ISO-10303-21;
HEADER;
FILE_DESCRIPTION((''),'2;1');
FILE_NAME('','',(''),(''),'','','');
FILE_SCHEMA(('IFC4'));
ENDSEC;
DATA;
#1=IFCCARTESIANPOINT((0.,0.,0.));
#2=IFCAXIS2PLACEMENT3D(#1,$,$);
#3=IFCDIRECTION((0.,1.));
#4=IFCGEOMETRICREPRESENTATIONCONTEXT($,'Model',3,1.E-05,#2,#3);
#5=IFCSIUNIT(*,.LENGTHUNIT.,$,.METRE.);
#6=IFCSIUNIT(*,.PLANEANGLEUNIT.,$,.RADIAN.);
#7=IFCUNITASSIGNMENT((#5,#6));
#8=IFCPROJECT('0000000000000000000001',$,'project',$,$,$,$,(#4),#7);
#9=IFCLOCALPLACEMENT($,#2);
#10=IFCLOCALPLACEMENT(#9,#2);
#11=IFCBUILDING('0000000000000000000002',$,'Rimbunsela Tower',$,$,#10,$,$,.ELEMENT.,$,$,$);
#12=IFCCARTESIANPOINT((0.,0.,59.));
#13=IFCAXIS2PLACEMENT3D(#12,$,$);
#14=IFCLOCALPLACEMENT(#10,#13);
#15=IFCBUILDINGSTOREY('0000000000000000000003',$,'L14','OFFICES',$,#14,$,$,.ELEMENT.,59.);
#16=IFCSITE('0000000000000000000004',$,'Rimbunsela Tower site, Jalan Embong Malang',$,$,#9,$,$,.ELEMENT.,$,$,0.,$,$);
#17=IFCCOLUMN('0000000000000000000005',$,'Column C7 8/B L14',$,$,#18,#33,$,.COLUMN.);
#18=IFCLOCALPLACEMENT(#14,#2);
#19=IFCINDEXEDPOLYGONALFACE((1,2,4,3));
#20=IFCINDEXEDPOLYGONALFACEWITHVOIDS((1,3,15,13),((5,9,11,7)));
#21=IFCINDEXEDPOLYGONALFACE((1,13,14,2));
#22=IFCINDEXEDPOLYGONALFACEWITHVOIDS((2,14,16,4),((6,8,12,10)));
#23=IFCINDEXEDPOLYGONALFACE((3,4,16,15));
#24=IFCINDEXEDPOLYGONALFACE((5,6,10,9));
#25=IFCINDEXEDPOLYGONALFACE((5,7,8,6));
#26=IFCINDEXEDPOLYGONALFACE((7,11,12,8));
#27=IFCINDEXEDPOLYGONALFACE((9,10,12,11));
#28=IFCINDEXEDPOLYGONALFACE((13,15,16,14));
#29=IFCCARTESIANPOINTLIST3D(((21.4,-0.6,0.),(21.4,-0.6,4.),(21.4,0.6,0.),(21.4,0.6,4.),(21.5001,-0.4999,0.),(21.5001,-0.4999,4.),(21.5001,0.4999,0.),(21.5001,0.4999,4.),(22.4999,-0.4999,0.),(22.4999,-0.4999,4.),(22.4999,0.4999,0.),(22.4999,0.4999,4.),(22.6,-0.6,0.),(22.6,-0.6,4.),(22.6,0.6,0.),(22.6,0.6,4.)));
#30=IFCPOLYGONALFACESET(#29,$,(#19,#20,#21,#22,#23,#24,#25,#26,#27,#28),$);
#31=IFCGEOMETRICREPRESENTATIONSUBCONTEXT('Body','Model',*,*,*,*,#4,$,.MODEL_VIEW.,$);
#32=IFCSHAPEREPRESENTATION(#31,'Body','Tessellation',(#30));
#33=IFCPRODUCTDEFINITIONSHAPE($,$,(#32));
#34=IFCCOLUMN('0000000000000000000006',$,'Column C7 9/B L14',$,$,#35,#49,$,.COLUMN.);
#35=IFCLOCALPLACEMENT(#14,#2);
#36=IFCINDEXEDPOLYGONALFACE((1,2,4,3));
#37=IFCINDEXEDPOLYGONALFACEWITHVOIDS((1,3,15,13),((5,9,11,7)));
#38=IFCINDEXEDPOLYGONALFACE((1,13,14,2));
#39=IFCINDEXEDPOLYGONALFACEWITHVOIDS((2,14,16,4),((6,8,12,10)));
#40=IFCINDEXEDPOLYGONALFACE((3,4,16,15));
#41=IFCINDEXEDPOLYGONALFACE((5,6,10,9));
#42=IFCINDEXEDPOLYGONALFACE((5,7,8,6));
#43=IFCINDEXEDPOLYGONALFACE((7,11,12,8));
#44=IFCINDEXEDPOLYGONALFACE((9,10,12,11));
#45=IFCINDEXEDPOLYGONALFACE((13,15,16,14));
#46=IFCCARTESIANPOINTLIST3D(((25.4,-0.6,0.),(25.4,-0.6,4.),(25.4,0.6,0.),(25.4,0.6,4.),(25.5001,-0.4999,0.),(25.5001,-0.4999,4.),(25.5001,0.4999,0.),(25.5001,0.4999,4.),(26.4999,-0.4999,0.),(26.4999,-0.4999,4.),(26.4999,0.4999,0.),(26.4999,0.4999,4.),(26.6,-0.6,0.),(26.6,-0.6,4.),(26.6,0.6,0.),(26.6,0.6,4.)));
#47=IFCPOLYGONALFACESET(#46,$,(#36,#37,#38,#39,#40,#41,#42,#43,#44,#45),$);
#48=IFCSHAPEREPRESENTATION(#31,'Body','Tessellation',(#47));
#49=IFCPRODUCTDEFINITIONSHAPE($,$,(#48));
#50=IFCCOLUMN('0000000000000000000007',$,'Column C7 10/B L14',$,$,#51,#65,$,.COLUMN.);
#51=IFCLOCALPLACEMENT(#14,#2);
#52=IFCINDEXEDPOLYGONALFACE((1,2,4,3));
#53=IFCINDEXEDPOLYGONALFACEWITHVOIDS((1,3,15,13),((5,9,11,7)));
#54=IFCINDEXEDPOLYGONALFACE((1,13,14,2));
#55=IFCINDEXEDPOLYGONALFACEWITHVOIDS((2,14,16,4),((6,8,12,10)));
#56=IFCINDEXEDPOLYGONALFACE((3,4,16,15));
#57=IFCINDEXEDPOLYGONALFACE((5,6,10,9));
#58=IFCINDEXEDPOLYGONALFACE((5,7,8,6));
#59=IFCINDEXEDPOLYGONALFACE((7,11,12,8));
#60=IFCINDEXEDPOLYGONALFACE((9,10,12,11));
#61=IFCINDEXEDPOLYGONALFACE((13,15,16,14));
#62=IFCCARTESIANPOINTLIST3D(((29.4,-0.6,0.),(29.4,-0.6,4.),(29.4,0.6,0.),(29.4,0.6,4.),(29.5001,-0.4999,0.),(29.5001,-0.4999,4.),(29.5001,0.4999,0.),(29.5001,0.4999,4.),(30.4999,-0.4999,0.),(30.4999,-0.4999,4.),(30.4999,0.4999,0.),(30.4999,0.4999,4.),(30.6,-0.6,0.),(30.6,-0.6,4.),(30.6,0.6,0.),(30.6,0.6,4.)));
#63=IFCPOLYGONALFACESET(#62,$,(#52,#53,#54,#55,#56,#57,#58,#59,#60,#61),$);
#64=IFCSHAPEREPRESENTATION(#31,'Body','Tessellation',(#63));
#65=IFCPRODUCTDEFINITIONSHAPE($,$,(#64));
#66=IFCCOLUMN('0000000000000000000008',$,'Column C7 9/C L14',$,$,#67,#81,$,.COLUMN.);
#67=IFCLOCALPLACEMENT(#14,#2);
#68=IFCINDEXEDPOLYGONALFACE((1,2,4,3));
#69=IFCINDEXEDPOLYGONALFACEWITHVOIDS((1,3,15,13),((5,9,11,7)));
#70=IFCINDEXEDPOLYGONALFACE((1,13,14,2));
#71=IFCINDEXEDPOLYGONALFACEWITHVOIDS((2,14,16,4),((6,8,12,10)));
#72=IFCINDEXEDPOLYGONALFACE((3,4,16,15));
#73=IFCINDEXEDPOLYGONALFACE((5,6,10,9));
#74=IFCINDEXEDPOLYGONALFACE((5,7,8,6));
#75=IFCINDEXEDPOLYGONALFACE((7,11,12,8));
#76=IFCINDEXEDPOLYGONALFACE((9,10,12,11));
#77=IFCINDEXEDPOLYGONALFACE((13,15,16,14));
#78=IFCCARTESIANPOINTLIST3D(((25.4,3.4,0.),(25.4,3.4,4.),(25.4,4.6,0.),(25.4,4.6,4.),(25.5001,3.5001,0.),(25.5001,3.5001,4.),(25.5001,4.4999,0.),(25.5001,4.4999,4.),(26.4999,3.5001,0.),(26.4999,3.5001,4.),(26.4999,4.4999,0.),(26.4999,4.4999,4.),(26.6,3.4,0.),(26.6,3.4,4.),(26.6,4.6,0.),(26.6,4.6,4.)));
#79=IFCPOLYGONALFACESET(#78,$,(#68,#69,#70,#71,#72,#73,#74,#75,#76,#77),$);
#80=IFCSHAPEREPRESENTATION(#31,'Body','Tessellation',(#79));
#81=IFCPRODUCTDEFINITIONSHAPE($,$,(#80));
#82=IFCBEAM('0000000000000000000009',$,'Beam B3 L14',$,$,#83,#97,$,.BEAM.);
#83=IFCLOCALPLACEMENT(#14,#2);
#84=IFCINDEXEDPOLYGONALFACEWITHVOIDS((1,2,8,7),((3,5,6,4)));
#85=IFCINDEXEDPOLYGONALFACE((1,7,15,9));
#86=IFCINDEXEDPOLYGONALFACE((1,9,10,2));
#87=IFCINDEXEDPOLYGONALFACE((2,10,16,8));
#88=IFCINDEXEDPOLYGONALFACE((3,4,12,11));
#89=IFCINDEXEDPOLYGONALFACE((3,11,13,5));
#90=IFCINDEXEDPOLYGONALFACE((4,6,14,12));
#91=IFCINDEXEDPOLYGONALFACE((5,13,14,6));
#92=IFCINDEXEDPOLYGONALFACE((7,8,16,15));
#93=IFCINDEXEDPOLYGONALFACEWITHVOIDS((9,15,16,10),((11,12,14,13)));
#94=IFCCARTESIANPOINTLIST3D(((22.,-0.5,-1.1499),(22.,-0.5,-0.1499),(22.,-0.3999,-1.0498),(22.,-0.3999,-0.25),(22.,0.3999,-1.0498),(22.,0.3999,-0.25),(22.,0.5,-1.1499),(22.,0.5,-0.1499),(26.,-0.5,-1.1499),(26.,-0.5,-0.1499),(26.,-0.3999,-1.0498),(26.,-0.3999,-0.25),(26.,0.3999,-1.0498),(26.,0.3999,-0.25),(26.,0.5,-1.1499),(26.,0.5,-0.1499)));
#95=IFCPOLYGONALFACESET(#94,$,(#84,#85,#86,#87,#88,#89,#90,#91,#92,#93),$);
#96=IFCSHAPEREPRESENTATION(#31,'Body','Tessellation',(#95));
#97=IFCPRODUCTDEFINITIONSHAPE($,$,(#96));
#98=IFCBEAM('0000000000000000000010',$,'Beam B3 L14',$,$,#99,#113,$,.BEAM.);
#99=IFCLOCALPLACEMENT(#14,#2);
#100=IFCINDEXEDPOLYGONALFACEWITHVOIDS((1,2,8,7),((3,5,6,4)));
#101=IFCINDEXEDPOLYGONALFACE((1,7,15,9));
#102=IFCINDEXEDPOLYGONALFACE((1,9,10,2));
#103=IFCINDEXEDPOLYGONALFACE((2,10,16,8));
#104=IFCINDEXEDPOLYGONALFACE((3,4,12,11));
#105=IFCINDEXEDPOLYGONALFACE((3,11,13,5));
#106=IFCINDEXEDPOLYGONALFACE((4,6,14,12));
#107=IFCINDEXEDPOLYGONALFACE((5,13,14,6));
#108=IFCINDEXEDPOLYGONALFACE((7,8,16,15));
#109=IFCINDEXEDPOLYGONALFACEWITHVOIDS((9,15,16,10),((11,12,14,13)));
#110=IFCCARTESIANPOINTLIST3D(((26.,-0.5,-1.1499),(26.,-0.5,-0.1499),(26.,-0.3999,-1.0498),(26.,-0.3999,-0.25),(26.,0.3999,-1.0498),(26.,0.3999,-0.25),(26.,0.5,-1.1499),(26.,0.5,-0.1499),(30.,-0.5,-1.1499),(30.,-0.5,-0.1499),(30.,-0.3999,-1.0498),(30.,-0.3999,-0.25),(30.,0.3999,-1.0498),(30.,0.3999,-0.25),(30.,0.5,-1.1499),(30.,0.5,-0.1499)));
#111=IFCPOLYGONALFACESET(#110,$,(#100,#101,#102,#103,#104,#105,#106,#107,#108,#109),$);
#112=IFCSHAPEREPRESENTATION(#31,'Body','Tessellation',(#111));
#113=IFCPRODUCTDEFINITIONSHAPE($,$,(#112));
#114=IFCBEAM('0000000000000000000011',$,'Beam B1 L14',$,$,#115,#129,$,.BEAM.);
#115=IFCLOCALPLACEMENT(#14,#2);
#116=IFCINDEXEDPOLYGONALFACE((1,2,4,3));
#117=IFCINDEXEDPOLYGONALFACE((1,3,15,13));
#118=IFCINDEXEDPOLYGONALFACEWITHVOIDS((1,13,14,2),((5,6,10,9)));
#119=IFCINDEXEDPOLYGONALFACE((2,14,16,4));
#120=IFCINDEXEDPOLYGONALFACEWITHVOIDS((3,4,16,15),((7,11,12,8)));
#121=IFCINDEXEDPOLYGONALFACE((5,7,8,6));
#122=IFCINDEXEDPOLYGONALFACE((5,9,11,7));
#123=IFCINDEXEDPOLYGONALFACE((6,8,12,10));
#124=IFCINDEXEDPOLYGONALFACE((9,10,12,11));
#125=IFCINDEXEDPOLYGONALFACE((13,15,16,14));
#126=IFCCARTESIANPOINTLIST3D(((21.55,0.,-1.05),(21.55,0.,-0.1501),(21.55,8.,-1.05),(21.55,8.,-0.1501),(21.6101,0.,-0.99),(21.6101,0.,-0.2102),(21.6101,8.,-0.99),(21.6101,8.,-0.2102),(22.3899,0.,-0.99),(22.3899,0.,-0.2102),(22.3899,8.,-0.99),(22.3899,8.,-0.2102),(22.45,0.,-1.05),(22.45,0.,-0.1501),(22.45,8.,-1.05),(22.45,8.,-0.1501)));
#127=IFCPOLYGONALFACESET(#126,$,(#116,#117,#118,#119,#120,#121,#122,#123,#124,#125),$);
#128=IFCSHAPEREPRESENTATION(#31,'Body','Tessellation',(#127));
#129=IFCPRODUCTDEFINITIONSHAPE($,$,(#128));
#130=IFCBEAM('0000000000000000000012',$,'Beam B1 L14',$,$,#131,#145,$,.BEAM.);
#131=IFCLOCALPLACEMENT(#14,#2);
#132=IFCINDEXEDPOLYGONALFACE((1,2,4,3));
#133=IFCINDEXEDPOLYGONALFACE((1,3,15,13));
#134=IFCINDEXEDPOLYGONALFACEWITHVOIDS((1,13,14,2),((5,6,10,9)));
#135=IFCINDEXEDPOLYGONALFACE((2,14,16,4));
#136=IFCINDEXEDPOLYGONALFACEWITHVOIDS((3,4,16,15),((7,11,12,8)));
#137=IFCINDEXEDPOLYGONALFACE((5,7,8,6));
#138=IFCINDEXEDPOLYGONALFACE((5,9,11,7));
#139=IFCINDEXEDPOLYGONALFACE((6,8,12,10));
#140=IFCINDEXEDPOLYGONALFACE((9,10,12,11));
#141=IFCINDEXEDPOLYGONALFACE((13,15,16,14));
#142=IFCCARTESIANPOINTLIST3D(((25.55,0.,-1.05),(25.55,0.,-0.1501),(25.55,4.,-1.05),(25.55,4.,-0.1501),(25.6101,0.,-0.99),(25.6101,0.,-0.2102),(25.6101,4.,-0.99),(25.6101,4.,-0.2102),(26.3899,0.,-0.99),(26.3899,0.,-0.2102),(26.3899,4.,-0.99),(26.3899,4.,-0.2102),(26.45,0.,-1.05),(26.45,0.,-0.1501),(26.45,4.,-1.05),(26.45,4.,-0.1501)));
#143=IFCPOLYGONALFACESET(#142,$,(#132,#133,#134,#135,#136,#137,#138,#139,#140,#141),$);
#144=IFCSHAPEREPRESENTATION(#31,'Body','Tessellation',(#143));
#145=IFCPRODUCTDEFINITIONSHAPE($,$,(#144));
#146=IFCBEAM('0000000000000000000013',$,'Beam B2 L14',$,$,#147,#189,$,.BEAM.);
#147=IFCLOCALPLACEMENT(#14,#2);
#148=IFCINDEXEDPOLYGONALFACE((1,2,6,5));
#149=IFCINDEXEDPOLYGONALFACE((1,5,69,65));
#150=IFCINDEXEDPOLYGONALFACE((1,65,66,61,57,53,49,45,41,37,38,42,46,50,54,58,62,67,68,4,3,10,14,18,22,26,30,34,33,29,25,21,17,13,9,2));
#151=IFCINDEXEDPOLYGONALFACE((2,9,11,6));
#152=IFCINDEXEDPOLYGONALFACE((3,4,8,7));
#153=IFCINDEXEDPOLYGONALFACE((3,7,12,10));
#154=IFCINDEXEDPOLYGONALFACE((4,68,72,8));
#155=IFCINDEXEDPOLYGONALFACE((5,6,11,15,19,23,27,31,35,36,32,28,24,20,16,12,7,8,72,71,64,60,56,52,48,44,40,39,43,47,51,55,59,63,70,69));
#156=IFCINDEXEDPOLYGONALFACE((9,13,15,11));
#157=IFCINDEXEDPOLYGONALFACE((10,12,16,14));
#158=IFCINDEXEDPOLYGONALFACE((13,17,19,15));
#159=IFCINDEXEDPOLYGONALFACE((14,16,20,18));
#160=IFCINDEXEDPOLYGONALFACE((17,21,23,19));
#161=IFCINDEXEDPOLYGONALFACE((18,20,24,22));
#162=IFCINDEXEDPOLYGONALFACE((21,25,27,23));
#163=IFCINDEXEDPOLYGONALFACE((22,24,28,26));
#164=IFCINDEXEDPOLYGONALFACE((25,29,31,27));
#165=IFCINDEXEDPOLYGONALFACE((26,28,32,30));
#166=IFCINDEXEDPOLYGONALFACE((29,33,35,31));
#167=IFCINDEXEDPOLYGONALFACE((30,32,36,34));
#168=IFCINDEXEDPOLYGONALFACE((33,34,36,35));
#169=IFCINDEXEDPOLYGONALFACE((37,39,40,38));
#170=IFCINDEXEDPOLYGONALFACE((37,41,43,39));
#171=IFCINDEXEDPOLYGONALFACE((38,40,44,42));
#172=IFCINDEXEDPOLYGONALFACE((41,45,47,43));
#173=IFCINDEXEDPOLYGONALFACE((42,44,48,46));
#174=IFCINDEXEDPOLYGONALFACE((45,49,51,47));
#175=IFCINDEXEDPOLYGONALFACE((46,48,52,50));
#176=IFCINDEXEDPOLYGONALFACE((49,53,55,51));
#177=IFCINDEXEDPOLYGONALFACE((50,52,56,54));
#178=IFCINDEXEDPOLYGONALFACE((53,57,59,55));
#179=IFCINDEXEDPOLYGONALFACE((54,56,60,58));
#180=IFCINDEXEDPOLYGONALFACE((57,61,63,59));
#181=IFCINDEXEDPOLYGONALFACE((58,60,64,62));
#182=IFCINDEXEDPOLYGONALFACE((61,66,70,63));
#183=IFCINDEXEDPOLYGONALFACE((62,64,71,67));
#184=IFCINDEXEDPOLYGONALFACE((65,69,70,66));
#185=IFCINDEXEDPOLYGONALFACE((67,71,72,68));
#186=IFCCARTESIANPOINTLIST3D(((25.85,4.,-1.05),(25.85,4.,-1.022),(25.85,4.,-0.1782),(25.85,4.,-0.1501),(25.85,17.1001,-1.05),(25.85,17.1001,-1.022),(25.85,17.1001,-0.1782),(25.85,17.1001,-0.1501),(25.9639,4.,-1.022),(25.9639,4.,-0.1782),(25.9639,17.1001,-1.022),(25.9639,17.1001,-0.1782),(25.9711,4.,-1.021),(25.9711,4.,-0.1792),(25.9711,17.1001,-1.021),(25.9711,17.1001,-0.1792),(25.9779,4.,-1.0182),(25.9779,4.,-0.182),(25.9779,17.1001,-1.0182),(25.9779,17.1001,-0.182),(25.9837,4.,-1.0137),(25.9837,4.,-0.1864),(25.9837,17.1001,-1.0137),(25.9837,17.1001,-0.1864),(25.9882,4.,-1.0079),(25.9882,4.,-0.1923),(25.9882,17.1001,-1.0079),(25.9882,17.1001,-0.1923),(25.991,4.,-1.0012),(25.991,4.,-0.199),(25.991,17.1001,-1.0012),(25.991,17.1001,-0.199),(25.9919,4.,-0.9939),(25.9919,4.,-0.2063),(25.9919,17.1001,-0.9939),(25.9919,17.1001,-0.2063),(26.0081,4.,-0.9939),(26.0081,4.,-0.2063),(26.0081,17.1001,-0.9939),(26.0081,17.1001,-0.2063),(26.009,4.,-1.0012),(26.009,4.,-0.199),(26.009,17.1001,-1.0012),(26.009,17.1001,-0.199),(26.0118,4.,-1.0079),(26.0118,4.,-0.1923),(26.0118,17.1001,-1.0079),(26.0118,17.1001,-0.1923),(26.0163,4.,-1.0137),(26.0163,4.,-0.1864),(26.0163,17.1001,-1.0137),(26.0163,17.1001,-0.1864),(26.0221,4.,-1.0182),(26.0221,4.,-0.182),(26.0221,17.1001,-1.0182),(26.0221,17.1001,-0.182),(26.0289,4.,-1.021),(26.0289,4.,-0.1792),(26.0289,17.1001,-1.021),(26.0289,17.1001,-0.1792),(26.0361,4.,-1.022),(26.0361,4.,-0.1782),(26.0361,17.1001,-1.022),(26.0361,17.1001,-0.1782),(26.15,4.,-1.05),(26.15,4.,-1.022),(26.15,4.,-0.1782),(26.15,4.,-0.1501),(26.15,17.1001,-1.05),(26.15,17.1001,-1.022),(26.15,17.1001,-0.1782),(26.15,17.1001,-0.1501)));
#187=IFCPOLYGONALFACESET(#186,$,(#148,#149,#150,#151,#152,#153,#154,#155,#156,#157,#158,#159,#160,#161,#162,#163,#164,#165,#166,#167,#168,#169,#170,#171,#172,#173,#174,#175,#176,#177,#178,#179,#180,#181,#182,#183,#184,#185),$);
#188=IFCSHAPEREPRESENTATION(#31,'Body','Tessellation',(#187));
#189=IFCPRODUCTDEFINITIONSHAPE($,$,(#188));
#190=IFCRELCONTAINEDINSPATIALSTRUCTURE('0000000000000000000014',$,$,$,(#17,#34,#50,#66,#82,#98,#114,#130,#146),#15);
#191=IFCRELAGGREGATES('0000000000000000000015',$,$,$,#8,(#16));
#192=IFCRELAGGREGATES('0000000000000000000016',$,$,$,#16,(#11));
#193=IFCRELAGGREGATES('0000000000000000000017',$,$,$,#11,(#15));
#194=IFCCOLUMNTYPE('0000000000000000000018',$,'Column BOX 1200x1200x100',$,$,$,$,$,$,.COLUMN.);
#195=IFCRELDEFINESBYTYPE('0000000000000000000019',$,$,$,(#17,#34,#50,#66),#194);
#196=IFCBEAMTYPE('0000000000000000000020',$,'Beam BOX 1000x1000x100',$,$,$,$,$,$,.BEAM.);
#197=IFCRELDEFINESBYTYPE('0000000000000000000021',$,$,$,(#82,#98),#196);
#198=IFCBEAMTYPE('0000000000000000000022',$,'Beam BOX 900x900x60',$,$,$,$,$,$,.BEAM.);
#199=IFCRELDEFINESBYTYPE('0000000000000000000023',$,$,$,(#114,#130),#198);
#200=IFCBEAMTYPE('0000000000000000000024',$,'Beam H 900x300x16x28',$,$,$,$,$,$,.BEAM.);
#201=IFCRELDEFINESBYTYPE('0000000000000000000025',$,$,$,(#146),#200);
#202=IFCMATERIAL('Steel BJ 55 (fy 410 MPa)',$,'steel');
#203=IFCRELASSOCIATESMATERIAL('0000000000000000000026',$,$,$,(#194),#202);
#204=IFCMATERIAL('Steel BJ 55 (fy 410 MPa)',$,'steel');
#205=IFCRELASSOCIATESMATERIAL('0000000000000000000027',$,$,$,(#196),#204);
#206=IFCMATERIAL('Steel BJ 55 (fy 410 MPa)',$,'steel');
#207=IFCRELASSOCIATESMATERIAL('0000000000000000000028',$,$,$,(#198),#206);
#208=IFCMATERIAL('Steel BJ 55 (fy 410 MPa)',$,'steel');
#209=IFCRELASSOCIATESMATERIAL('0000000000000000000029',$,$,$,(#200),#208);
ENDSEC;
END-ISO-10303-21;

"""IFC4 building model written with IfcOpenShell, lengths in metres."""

from ifc_helpers import new_model, si_unit, direction, frame, origin, origin_2d, place, context, subcontext, project, spatial, hollow_rectangle, i_section, extrude, material, material_profile, profile_set, type_object, element, save


model = new_model("IFC4")

# Units and contexts
model_context = context("Model", 3, precision=1e-05, world=origin(), true_north=direction((0.0, 1.0)))
body_context = subcontext(model_context, "Body", "Model", "MODEL_VIEW")
ifc_project = project(units=[si_unit("LENGTHUNIT", "METRE"), si_unit("PLANEANGLEUNIT", "RADIAN")], contexts=[model_context])

# Site, building, storey
site_placement = place(None, origin())
site = spatial("IfcSite", under=ifc_project, at=site_placement, Name="Rimbunsela Tower site, Jalan Embong Malang", CompositionType="ELEMENT", RefElevation=0.0)
building_placement = place(site_placement, origin())
building = spatial("IfcBuilding", under=site, at=building_placement, Name="Rimbunsela Tower", CompositionType="ELEMENT")
storey_placement = place(building_placement, frame((0.0, 0.0, 59.0)))
storey = spatial("IfcBuildingStorey", under=building, at=storey_placement, Name="L14", Description="OFFICES", CompositionType="ELEMENT", Elevation=59.0)

# Columns
ifc_material_1 = material(Name="Steel BJ 55 (fy 410 MPa)", Category="steel")
ifc_material_profile_1 = material_profile(ifc_material_1, hollow_rectangle(XDim=1.2, YDim=1.2, WallThickness=0.1001, at=origin_2d()), Name="BOX 1200x1200x100")
ifc_profile_set_1 = profile_set([ifc_material_profile_1], Name="Steel BJ 55 (fy 410 MPa)")
column_type = type_object("IfcColumnType", Name="Column BOX 1200x1200x100", PredefinedType="COLUMN", material=ifc_profile_set_1)
for number, where, z_axis, x_axis, name in (
    (1, (22.0, 0.0, 0.0), (0.0, 0.0, 1.0), (1.0, 0.0, 0.0), "Column C7 8/B L14"),
    (2, (26.0, 0.0, 0.0), (0.0, 0.0, 1.0), (1.0, 0.0, 0.0), "Column C7 9/B L14"),
    (3, (30.0, 0.0, 0.0), (0.0, 0.0, 1.0), (1.0, 0.0, 0.0), "Column C7 10/B L14"),
    (4, (26.0, 4.0, 0.0), (0.0, 0.0, 1.0), (1.0, 0.0, 0.0), "Column C7 9/C L14"),
):
    element("IfcColumn", number, at=place(storey_placement, frame(where, z_axis=z_axis, x_axis=x_axis)), inside=storey, type_object=column_type, Name=name, PredefinedType="COLUMN", context=body_context, shape_type="SweptSolid", body=[
        extrude(hollow_rectangle(XDim=1.2, YDim=1.2, WallThickness=0.1001, at=origin_2d()), origin(), (0.0, 0.0, 1.0), 4.0),
    ])

# Beams
ifc_material_2 = material(Name="Steel BJ 55 (fy 410 MPa)", Category="steel")
ifc_material_profile_2 = material_profile(ifc_material_2, hollow_rectangle(XDim=1.0, YDim=1.0, WallThickness=0.1001, at=origin_2d()), Name="BOX 1000x1000x100")
ifc_profile_set_2 = profile_set([ifc_material_profile_2], Name="Steel BJ 55 (fy 410 MPa)")
beam_type_1 = type_object("IfcBeamType", Name="Beam BOX 1000x1000x100", PredefinedType="BEAM", material=ifc_profile_set_2)
for number, where, z_axis, x_axis, name in (
    (5, (22.0, 0.0, -0.6499), (1.0, 0.0, 0.0), (0.0, 1.0, 0.0), "Beam B3 L14"),
    (6, (26.0, 0.0, -0.6499), (1.0, 0.0, 0.0), (0.0, 1.0, 0.0), "Beam B3 L14"),
):
    element("IfcBeam", number, at=place(storey_placement, frame(where, z_axis=z_axis, x_axis=x_axis)), inside=storey, type_object=beam_type_1, Name=name, PredefinedType="BEAM", context=body_context, shape_type="SweptSolid", body=[
        extrude(hollow_rectangle(XDim=1.0, YDim=1.0, WallThickness=0.1001, at=origin_2d()), origin(), (0.0, 0.0, 1.0), 4.0),
    ])
ifc_material_3 = material(Name="Steel BJ 55 (fy 410 MPa)", Category="steel")
ifc_material_profile_3 = material_profile(ifc_material_3, hollow_rectangle(XDim=0.8999, YDim=0.8999, WallThickness=0.0601, at=origin_2d()), Name="BOX 900x900x60")
ifc_profile_set_3 = profile_set([ifc_material_profile_3], Name="Steel BJ 55 (fy 410 MPa)")
beam_type_2 = type_object("IfcBeamType", Name="Beam BOX 900x900x60", PredefinedType="BEAM", material=ifc_profile_set_3)
beam_1_placement = place(storey_placement, frame((22.0, 0.0, -0.6001), z_axis=(0.0, 1.0, 0.0), x_axis=(-1.0, 0.0, 0.0)))
element("IfcBeam", 7, at=beam_1_placement, inside=storey, type_object=beam_type_2, Name="Beam B1 L14", PredefinedType="BEAM", context=body_context, shape_type="SweptSolid", body=[
    extrude(hollow_rectangle(XDim=0.8999, YDim=0.8999, WallThickness=0.0601, at=origin_2d()), origin(), (0.0, 0.0, 1.0), 8.0),
])
beam_2_placement = place(storey_placement, frame((26.0, 0.0, -0.6001), z_axis=(0.0, 1.0, 0.0), x_axis=(-1.0, 0.0, 0.0)))
element("IfcBeam", 8, at=beam_2_placement, inside=storey, type_object=beam_type_2, Name="Beam B1 L14", PredefinedType="BEAM", context=body_context, shape_type="SweptSolid", body=[
    extrude(hollow_rectangle(XDim=0.8999, YDim=0.8999, WallThickness=0.0601, at=origin_2d()), origin(), (0.0, 0.0, 1.0), 4.0),
])
ifc_material_4 = material(Name="Steel BJ 55 (fy 410 MPa)", Category="steel")
ifc_material_profile_4 = material_profile(ifc_material_4, i_section(OverallWidth=0.3, OverallDepth=0.8999, WebThickness=0.0161, FlangeThickness=0.0281, FilletRadius=0.0281, at=origin_2d()), Name="H 900x300x16x28")
ifc_profile_set_4 = profile_set([ifc_material_profile_4], Name="Steel BJ 55 (fy 410 MPa)")
beam_type_3 = type_object("IfcBeamType", Name="Beam H 900x300x16x28", PredefinedType="BEAM", material=ifc_profile_set_4)
beam_3_placement = place(storey_placement, frame((26.0, 4.0, -0.6001), z_axis=(0.0, 1.0, 0.0), x_axis=(-1.0, 0.0, 0.0)))
element("IfcBeam", 9, at=beam_3_placement, inside=storey, type_object=beam_type_3, Name="Beam B2 L14", PredefinedType="BEAM", context=body_context, shape_type="SweptSolid", body=[
    extrude(i_section(OverallWidth=0.3, OverallDepth=0.8999, WebThickness=0.0161, FlangeThickness=0.0281, FilletRadius=0.0281, at=origin_2d()), origin(), (0.0, 0.0, 1.0), 13.1001),
])

save(model, "model.ifc")
